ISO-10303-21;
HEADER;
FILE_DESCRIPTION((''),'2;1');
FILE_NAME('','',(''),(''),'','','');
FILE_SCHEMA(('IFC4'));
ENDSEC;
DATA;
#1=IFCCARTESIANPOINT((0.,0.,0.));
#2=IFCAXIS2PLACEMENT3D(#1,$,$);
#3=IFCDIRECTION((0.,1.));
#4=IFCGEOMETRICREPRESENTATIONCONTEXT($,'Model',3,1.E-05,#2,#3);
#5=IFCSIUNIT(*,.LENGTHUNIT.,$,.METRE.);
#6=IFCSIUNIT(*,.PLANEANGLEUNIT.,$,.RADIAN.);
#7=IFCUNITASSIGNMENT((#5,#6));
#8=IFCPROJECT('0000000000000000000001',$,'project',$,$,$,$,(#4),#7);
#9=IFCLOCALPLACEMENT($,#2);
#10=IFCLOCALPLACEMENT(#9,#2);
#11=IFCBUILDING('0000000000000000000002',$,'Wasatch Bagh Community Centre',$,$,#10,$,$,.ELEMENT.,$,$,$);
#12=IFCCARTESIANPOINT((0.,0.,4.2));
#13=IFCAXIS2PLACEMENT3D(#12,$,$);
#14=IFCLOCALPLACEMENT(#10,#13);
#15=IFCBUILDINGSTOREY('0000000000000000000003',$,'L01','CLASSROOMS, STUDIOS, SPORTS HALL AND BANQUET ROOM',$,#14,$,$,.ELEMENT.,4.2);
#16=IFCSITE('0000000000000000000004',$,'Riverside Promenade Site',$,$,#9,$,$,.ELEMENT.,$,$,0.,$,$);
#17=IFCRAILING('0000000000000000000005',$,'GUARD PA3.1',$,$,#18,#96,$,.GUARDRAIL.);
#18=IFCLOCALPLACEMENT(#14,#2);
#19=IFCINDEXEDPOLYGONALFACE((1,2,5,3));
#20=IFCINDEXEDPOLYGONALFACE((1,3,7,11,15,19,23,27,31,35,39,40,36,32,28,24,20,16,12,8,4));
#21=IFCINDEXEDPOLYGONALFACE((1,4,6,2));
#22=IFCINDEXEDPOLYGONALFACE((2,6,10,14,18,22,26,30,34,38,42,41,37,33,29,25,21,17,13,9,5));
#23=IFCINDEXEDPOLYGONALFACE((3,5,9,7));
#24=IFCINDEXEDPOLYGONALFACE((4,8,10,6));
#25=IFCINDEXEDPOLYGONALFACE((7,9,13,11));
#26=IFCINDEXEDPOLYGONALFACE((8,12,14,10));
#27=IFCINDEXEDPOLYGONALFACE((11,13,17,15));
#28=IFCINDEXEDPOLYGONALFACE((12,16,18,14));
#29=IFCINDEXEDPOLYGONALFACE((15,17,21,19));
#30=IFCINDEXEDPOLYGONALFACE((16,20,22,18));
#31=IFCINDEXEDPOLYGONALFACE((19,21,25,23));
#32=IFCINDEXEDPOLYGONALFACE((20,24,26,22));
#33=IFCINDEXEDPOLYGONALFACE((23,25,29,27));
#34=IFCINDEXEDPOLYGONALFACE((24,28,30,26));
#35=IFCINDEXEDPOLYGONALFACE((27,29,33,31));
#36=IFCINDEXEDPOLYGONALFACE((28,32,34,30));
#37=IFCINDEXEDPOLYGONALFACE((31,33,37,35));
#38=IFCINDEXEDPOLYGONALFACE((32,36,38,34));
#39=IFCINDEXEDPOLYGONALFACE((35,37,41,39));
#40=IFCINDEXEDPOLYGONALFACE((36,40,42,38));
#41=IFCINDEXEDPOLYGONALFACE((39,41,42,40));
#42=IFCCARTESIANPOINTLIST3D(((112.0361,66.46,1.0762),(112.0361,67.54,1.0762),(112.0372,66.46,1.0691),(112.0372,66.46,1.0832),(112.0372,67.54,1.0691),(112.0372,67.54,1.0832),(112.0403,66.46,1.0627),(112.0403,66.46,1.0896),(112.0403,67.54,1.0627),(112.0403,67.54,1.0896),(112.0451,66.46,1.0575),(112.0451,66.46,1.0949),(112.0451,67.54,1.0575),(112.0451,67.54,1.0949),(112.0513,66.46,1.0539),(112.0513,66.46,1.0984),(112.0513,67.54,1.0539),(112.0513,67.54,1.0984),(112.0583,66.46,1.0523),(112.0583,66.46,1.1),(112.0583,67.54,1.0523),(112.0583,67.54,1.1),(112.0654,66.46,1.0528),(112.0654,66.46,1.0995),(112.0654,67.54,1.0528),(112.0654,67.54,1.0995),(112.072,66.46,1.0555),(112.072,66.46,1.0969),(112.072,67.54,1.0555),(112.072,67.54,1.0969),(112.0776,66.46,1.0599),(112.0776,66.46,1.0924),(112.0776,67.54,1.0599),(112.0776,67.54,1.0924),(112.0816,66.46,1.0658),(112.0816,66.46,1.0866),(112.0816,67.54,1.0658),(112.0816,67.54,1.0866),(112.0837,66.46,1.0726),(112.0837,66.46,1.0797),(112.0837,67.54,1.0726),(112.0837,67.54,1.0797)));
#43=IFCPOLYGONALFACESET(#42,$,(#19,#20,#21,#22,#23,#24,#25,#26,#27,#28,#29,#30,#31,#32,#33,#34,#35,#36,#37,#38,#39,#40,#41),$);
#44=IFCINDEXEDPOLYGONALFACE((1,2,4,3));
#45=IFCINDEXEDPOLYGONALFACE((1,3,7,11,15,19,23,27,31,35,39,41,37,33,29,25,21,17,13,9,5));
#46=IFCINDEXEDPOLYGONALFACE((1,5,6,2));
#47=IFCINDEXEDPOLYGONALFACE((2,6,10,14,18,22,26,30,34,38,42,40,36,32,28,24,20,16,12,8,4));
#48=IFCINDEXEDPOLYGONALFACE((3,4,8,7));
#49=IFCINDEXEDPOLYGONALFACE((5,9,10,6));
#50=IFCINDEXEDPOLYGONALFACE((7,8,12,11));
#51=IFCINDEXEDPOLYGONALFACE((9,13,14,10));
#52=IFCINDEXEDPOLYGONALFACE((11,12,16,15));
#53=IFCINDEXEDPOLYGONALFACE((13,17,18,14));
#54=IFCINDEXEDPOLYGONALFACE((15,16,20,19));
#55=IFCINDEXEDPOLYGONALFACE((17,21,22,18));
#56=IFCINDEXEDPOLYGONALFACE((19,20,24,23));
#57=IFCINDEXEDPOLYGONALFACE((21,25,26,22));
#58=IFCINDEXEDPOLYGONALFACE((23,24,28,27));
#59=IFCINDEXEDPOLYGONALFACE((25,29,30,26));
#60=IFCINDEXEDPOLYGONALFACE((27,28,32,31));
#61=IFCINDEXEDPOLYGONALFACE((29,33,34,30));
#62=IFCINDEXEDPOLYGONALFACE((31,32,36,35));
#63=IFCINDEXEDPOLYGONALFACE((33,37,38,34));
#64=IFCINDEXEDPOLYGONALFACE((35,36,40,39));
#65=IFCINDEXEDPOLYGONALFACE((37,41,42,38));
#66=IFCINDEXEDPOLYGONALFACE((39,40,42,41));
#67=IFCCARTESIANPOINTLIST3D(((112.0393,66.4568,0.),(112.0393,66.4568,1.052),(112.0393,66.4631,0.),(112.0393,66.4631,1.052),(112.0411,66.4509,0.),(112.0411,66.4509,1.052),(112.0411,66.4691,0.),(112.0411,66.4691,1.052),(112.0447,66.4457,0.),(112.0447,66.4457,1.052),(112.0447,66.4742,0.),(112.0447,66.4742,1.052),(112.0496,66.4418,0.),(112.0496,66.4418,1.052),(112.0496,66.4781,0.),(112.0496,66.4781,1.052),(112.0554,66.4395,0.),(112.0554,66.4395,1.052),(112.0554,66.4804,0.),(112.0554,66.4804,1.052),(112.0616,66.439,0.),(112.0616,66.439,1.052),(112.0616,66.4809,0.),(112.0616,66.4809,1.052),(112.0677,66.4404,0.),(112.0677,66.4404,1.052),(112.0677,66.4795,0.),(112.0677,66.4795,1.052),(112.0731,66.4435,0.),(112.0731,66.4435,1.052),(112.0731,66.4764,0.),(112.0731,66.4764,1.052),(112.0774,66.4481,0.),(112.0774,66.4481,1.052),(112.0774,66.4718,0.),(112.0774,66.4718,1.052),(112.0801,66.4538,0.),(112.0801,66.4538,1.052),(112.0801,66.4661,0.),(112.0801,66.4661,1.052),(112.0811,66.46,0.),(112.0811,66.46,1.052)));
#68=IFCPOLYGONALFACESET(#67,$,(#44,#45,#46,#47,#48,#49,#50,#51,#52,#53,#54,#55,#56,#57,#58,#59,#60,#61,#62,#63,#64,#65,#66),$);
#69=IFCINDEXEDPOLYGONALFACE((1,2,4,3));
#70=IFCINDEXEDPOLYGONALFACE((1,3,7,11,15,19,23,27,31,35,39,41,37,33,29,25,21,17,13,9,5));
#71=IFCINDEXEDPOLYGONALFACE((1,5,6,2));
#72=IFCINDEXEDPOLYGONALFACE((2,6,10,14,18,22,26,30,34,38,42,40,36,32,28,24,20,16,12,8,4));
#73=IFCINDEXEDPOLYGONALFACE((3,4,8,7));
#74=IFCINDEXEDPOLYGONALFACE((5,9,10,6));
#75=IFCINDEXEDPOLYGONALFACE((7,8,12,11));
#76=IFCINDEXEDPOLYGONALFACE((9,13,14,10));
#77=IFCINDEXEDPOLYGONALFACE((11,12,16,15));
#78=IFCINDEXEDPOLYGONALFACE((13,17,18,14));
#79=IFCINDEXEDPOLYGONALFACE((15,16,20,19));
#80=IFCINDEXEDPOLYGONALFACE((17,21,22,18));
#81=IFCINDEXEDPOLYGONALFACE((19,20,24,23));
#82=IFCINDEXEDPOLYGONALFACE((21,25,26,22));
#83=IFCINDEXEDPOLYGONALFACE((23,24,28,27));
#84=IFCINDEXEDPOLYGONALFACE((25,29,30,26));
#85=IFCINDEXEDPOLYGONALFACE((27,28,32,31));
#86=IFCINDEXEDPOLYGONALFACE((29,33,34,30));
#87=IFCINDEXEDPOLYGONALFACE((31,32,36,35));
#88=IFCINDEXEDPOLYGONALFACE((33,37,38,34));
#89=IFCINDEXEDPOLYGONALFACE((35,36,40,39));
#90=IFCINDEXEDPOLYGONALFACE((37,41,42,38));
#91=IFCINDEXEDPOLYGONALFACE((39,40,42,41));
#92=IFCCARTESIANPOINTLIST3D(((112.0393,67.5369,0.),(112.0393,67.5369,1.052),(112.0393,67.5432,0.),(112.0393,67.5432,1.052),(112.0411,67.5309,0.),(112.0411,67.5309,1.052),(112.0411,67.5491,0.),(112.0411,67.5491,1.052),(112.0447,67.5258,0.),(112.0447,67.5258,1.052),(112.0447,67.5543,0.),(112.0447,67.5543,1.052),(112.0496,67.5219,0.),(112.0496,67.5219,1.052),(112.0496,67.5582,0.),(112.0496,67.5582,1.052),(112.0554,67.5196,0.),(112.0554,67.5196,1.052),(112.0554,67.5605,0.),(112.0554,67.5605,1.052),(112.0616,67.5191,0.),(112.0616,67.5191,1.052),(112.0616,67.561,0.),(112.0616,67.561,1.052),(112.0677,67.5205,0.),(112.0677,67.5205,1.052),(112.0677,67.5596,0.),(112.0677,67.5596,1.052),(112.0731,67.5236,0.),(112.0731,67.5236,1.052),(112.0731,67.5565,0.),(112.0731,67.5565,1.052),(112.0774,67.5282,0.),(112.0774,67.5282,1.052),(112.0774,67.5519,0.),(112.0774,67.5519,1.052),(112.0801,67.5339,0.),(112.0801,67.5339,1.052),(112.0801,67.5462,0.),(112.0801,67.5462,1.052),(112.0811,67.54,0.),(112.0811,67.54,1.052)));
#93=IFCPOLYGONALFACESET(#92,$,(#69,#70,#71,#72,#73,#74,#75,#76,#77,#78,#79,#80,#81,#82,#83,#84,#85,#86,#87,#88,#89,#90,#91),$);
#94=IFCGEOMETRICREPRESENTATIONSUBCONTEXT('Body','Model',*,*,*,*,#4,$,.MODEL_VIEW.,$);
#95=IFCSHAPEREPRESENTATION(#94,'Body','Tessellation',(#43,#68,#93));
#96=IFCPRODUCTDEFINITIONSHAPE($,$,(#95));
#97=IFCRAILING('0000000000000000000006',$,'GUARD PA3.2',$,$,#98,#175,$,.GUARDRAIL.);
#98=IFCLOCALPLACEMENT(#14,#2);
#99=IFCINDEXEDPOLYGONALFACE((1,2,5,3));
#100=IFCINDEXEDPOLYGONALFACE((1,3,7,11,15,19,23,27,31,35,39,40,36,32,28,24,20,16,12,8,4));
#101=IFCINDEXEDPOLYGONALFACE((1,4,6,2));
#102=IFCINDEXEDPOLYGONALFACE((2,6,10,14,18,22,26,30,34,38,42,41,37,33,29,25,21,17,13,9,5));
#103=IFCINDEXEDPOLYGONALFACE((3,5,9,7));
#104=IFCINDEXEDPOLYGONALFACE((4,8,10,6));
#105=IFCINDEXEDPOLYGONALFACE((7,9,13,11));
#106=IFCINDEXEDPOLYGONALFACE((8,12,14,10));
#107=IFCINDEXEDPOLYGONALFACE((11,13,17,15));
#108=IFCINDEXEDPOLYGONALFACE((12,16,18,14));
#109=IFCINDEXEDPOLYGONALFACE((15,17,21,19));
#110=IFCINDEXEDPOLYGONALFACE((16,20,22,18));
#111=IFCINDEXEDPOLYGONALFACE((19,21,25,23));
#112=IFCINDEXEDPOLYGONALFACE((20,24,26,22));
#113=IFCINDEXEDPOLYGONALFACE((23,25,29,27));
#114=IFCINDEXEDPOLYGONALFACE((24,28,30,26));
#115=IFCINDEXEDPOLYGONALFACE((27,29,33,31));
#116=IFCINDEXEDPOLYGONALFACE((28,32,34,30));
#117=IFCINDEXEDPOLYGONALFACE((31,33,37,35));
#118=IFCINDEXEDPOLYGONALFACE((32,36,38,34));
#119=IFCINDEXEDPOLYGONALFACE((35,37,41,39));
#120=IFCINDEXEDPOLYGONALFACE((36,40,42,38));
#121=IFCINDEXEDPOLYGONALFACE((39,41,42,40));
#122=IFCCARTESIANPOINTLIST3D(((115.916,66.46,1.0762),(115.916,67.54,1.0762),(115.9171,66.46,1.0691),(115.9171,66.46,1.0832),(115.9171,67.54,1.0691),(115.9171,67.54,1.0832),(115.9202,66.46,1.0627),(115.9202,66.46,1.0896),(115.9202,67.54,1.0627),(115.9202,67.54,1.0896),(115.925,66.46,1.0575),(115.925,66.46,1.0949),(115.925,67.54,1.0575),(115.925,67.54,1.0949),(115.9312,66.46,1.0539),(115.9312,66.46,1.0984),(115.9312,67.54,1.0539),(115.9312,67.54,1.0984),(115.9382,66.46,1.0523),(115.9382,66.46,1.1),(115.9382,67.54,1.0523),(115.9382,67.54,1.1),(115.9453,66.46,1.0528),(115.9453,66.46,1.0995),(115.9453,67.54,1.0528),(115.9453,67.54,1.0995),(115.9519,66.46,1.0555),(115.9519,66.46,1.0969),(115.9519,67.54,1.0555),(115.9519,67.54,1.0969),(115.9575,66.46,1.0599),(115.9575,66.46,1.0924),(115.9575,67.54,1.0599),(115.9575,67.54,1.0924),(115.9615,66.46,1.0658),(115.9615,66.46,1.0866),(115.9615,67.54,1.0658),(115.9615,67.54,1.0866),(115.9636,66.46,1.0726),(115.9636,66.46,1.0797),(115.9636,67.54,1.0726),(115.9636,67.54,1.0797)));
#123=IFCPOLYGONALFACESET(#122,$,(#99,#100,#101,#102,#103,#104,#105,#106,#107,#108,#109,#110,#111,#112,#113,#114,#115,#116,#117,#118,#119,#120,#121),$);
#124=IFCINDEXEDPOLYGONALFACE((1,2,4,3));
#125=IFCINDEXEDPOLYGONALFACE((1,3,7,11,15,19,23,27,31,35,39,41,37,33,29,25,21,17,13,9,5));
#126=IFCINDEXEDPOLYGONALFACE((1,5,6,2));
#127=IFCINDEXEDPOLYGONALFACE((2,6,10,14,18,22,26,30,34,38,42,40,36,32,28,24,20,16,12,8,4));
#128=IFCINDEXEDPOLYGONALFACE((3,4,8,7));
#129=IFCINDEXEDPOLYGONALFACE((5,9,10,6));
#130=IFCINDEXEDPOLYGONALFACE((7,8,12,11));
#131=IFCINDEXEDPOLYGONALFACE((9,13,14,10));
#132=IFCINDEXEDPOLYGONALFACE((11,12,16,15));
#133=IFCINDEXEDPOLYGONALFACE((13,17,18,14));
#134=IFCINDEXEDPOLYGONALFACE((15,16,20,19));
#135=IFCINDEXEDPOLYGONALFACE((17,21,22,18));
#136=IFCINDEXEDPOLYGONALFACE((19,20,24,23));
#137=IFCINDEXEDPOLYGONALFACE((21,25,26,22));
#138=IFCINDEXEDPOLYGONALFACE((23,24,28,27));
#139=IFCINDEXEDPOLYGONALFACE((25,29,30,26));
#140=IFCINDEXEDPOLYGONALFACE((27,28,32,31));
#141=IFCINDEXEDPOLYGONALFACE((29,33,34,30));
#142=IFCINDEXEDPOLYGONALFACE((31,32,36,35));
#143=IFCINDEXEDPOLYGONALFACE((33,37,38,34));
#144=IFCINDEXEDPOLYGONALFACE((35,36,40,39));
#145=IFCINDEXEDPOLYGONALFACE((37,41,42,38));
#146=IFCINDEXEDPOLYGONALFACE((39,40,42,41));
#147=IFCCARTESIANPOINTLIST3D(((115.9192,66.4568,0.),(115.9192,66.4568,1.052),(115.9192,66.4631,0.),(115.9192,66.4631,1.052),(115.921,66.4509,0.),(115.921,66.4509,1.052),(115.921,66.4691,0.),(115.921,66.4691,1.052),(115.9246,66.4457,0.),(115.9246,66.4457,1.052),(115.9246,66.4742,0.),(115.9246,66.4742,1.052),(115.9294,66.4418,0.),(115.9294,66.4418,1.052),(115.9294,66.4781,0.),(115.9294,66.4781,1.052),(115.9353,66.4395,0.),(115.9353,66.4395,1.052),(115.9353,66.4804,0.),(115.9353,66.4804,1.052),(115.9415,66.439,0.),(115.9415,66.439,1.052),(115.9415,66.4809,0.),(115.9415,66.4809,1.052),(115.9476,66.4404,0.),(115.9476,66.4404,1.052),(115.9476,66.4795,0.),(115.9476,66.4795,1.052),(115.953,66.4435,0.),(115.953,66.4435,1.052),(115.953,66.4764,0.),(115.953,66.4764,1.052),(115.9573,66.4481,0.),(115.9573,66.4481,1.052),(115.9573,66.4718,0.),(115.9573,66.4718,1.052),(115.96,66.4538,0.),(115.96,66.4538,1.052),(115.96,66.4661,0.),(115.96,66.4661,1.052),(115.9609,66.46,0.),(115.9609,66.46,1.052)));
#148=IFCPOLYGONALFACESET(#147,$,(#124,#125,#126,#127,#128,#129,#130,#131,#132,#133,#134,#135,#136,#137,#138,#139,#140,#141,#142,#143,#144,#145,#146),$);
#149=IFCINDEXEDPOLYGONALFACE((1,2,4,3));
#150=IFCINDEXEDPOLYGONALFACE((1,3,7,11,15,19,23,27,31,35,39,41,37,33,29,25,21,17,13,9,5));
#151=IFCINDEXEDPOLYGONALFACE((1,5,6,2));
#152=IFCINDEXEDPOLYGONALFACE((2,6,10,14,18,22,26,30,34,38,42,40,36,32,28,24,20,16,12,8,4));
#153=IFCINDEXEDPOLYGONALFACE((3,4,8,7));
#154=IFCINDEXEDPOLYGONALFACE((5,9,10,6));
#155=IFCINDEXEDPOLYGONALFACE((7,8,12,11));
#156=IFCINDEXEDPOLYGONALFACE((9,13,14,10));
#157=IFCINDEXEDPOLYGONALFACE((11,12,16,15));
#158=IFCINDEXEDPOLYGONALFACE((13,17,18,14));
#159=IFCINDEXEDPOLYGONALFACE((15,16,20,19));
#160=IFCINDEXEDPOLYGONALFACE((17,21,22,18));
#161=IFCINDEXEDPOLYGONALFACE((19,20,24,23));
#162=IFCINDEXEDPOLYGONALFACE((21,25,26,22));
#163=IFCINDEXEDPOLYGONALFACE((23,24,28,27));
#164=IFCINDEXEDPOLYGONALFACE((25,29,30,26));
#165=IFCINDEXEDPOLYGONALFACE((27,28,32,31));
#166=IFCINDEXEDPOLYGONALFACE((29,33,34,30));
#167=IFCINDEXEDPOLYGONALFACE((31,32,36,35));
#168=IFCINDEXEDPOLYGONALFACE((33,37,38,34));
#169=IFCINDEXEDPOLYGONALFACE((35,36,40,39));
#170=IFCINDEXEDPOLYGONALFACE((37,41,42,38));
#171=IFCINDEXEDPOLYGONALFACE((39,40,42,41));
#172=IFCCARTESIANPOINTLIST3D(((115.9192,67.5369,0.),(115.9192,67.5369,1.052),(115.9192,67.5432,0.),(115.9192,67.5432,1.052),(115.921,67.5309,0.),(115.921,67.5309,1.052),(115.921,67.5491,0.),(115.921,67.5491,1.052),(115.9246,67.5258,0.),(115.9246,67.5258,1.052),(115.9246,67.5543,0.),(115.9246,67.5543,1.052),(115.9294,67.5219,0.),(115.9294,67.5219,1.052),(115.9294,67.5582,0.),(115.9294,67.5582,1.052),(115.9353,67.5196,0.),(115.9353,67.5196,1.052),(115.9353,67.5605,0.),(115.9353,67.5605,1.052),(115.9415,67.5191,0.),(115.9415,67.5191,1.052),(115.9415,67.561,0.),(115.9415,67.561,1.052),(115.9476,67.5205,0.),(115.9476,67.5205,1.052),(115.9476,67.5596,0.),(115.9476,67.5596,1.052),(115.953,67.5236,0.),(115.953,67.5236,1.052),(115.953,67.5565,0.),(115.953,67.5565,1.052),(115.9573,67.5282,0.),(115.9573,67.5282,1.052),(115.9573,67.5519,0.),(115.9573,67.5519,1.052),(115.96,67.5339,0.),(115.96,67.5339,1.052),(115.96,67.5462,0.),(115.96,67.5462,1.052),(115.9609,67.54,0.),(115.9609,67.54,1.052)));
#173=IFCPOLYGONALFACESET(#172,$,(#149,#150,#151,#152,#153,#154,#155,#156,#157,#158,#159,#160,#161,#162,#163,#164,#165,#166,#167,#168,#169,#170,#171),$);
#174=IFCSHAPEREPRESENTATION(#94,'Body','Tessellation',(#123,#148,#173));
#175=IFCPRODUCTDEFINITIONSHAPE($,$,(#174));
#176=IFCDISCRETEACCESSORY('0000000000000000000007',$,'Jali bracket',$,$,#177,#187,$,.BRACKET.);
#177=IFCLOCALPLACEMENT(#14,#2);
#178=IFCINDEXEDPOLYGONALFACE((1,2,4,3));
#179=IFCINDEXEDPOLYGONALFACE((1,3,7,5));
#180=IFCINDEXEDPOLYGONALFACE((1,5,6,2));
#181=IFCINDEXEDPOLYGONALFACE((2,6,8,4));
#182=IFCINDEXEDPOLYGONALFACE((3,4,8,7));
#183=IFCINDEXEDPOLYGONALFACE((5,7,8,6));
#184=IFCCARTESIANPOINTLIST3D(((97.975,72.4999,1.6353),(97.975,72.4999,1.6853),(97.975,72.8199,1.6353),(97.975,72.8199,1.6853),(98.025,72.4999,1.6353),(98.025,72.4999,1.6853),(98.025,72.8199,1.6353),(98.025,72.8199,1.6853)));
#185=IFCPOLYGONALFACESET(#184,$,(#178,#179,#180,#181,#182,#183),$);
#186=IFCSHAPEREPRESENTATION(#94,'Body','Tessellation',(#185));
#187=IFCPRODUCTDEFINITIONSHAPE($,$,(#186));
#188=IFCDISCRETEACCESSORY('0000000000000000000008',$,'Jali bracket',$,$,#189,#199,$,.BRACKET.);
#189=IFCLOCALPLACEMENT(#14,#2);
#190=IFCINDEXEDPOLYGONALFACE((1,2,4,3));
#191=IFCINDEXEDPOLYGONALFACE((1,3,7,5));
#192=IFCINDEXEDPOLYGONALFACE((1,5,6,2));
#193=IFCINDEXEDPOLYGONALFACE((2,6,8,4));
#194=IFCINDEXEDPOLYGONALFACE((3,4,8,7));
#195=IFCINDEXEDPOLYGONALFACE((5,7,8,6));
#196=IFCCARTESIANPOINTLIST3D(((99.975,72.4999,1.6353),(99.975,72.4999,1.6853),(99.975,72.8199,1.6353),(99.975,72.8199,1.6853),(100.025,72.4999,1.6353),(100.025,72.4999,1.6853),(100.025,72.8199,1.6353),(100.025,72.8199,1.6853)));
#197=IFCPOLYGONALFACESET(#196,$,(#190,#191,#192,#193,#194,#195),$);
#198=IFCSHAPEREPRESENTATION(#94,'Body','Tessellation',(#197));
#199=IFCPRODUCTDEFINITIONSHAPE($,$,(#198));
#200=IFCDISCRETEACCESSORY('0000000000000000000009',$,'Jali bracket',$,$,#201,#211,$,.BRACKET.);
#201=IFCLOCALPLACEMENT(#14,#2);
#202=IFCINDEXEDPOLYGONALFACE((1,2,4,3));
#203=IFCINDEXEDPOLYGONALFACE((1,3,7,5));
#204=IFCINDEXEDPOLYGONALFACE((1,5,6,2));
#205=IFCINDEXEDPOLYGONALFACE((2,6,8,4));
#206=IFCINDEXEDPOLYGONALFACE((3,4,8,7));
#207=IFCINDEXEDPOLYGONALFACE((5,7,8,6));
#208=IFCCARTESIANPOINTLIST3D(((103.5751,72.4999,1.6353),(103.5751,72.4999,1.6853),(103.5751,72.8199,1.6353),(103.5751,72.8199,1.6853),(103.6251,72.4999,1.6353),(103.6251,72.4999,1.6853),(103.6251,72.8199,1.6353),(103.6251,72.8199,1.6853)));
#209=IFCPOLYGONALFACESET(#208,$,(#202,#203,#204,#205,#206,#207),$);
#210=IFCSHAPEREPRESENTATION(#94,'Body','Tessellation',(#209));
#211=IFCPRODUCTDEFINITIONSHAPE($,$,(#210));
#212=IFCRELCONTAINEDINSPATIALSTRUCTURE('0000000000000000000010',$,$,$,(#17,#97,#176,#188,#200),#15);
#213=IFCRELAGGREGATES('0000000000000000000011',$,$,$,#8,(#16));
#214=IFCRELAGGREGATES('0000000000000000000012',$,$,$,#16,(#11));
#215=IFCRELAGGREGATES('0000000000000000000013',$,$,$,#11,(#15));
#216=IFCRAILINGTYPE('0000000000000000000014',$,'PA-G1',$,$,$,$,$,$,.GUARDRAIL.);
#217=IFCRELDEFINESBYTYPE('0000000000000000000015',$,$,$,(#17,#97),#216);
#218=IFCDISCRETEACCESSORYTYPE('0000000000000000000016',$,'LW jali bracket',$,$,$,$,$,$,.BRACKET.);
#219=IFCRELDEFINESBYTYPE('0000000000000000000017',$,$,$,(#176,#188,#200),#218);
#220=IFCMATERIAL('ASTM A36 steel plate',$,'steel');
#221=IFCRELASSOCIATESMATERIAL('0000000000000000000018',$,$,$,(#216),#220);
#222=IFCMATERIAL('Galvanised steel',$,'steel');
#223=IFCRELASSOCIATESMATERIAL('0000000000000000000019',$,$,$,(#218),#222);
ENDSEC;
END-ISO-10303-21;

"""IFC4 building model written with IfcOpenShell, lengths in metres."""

from ifc_helpers import new_model, si_unit, direction, frame, origin, origin_2d, place, context, subcontext, project, spatial, rectangle, circle, extrude, material, type_object, element, save


model = new_model("IFC4")

# Units and contexts
model_context = context("Model", 3, precision=1e-05, world=origin(), true_north=direction((0.0, 1.0)))
body_context = subcontext(model_context, "Body", "Model", "MODEL_VIEW")
ifc_project = project(units=[si_unit("LENGTHUNIT", "METRE"), si_unit("PLANEANGLEUNIT", "RADIAN")], contexts=[model_context])

# Site, building, storey
site_placement = place(None, origin())
site = spatial("IfcSite", under=ifc_project, at=site_placement, Name="Riverside Promenade Site", CompositionType="ELEMENT", RefElevation=0.0)
building_placement = place(site_placement, origin())
building = spatial("IfcBuilding", under=site, at=building_placement, Name="Wasatch Bagh Community Centre", CompositionType="ELEMENT")
storey_placement = place(building_placement, frame((0.0, 0.0, 4.2)))
storey = spatial("IfcBuildingStorey", under=building, at=storey_placement, Name="L01", Description="CLASSROOMS, STUDIOS, SPORTS HALL AND BANQUET ROOM", CompositionType="ELEMENT", Elevation=4.2)

# Railings
ifc_material_1 = material(Name="ASTM A36 steel plate", Category="steel")
railing_type = type_object("IfcRailingType", Name="PA-G1", PredefinedType="GUARDRAIL", material=ifc_material_1)
for number, where, name in (
    (1, (112.0601, 66.46, 0.0), "GUARD PA3.1"),
    (2, (115.9399, 66.46, 0.0), "GUARD PA3.2"),
):
    element("IfcRailing", number, at=place(storey_placement, frame(where)), inside=storey, type_object=railing_type, Name=name, PredefinedType="GUARDRAIL", context=body_context, shape_type="SweptSolid", body=[
        extrude(circle(Radius=0.0239, at=origin_2d()), frame((0.0, 0.0, 1.0762), z_axis=(0.0, 1.0, 0.0), x_axis=(-1.0, 0.0, 0.0)), (0.0, 0.0, 1.0), 1.0801),
        extrude(circle(Radius=0.021, at=origin_2d()), origin(), (0.0, 0.0, 1.0), 1.052),
        extrude(circle(Radius=0.021, at=origin_2d()), frame((0.0, 1.0801, 0.0)), (0.0, 0.0, 1.0), 1.052),
    ])

# Discrete accessories
ifc_material_2 = material(Name="Galvanised steel", Category="steel")
discrete_accessory_type = type_object("IfcDiscreteAccessoryType", Name="LW jali bracket", PredefinedType="BRACKET", material=ifc_material_2)
for number, where, z_axis, x_axis, name in (
    (3, (98.0, 72.6599, 1.6353), (0.0, 0.0, 1.0), (1.0, 0.0, 0.0), "Jali bracket"),
    (4, (100.0, 72.6599, 1.6353), (0.0, 0.0, 1.0), (1.0, 0.0, 0.0), "Jali bracket"),
    (5, (103.6001, 72.6599, 1.6353), (0.0, 0.0, 1.0), (1.0, 0.0, 0.0), "Jali bracket"),
):
    element("IfcDiscreteAccessory", number, at=place(storey_placement, frame(where, z_axis=z_axis, x_axis=x_axis)), inside=storey, type_object=discrete_accessory_type, Name=name, PredefinedType="BRACKET", context=body_context, shape_type="SweptSolid", body=[
        extrude(rectangle(XDim=0.05, YDim=0.3201, at=origin_2d()), origin(), (0.0, 0.0, 1.0), 0.05),
    ])

save(model, "model.ifc")
